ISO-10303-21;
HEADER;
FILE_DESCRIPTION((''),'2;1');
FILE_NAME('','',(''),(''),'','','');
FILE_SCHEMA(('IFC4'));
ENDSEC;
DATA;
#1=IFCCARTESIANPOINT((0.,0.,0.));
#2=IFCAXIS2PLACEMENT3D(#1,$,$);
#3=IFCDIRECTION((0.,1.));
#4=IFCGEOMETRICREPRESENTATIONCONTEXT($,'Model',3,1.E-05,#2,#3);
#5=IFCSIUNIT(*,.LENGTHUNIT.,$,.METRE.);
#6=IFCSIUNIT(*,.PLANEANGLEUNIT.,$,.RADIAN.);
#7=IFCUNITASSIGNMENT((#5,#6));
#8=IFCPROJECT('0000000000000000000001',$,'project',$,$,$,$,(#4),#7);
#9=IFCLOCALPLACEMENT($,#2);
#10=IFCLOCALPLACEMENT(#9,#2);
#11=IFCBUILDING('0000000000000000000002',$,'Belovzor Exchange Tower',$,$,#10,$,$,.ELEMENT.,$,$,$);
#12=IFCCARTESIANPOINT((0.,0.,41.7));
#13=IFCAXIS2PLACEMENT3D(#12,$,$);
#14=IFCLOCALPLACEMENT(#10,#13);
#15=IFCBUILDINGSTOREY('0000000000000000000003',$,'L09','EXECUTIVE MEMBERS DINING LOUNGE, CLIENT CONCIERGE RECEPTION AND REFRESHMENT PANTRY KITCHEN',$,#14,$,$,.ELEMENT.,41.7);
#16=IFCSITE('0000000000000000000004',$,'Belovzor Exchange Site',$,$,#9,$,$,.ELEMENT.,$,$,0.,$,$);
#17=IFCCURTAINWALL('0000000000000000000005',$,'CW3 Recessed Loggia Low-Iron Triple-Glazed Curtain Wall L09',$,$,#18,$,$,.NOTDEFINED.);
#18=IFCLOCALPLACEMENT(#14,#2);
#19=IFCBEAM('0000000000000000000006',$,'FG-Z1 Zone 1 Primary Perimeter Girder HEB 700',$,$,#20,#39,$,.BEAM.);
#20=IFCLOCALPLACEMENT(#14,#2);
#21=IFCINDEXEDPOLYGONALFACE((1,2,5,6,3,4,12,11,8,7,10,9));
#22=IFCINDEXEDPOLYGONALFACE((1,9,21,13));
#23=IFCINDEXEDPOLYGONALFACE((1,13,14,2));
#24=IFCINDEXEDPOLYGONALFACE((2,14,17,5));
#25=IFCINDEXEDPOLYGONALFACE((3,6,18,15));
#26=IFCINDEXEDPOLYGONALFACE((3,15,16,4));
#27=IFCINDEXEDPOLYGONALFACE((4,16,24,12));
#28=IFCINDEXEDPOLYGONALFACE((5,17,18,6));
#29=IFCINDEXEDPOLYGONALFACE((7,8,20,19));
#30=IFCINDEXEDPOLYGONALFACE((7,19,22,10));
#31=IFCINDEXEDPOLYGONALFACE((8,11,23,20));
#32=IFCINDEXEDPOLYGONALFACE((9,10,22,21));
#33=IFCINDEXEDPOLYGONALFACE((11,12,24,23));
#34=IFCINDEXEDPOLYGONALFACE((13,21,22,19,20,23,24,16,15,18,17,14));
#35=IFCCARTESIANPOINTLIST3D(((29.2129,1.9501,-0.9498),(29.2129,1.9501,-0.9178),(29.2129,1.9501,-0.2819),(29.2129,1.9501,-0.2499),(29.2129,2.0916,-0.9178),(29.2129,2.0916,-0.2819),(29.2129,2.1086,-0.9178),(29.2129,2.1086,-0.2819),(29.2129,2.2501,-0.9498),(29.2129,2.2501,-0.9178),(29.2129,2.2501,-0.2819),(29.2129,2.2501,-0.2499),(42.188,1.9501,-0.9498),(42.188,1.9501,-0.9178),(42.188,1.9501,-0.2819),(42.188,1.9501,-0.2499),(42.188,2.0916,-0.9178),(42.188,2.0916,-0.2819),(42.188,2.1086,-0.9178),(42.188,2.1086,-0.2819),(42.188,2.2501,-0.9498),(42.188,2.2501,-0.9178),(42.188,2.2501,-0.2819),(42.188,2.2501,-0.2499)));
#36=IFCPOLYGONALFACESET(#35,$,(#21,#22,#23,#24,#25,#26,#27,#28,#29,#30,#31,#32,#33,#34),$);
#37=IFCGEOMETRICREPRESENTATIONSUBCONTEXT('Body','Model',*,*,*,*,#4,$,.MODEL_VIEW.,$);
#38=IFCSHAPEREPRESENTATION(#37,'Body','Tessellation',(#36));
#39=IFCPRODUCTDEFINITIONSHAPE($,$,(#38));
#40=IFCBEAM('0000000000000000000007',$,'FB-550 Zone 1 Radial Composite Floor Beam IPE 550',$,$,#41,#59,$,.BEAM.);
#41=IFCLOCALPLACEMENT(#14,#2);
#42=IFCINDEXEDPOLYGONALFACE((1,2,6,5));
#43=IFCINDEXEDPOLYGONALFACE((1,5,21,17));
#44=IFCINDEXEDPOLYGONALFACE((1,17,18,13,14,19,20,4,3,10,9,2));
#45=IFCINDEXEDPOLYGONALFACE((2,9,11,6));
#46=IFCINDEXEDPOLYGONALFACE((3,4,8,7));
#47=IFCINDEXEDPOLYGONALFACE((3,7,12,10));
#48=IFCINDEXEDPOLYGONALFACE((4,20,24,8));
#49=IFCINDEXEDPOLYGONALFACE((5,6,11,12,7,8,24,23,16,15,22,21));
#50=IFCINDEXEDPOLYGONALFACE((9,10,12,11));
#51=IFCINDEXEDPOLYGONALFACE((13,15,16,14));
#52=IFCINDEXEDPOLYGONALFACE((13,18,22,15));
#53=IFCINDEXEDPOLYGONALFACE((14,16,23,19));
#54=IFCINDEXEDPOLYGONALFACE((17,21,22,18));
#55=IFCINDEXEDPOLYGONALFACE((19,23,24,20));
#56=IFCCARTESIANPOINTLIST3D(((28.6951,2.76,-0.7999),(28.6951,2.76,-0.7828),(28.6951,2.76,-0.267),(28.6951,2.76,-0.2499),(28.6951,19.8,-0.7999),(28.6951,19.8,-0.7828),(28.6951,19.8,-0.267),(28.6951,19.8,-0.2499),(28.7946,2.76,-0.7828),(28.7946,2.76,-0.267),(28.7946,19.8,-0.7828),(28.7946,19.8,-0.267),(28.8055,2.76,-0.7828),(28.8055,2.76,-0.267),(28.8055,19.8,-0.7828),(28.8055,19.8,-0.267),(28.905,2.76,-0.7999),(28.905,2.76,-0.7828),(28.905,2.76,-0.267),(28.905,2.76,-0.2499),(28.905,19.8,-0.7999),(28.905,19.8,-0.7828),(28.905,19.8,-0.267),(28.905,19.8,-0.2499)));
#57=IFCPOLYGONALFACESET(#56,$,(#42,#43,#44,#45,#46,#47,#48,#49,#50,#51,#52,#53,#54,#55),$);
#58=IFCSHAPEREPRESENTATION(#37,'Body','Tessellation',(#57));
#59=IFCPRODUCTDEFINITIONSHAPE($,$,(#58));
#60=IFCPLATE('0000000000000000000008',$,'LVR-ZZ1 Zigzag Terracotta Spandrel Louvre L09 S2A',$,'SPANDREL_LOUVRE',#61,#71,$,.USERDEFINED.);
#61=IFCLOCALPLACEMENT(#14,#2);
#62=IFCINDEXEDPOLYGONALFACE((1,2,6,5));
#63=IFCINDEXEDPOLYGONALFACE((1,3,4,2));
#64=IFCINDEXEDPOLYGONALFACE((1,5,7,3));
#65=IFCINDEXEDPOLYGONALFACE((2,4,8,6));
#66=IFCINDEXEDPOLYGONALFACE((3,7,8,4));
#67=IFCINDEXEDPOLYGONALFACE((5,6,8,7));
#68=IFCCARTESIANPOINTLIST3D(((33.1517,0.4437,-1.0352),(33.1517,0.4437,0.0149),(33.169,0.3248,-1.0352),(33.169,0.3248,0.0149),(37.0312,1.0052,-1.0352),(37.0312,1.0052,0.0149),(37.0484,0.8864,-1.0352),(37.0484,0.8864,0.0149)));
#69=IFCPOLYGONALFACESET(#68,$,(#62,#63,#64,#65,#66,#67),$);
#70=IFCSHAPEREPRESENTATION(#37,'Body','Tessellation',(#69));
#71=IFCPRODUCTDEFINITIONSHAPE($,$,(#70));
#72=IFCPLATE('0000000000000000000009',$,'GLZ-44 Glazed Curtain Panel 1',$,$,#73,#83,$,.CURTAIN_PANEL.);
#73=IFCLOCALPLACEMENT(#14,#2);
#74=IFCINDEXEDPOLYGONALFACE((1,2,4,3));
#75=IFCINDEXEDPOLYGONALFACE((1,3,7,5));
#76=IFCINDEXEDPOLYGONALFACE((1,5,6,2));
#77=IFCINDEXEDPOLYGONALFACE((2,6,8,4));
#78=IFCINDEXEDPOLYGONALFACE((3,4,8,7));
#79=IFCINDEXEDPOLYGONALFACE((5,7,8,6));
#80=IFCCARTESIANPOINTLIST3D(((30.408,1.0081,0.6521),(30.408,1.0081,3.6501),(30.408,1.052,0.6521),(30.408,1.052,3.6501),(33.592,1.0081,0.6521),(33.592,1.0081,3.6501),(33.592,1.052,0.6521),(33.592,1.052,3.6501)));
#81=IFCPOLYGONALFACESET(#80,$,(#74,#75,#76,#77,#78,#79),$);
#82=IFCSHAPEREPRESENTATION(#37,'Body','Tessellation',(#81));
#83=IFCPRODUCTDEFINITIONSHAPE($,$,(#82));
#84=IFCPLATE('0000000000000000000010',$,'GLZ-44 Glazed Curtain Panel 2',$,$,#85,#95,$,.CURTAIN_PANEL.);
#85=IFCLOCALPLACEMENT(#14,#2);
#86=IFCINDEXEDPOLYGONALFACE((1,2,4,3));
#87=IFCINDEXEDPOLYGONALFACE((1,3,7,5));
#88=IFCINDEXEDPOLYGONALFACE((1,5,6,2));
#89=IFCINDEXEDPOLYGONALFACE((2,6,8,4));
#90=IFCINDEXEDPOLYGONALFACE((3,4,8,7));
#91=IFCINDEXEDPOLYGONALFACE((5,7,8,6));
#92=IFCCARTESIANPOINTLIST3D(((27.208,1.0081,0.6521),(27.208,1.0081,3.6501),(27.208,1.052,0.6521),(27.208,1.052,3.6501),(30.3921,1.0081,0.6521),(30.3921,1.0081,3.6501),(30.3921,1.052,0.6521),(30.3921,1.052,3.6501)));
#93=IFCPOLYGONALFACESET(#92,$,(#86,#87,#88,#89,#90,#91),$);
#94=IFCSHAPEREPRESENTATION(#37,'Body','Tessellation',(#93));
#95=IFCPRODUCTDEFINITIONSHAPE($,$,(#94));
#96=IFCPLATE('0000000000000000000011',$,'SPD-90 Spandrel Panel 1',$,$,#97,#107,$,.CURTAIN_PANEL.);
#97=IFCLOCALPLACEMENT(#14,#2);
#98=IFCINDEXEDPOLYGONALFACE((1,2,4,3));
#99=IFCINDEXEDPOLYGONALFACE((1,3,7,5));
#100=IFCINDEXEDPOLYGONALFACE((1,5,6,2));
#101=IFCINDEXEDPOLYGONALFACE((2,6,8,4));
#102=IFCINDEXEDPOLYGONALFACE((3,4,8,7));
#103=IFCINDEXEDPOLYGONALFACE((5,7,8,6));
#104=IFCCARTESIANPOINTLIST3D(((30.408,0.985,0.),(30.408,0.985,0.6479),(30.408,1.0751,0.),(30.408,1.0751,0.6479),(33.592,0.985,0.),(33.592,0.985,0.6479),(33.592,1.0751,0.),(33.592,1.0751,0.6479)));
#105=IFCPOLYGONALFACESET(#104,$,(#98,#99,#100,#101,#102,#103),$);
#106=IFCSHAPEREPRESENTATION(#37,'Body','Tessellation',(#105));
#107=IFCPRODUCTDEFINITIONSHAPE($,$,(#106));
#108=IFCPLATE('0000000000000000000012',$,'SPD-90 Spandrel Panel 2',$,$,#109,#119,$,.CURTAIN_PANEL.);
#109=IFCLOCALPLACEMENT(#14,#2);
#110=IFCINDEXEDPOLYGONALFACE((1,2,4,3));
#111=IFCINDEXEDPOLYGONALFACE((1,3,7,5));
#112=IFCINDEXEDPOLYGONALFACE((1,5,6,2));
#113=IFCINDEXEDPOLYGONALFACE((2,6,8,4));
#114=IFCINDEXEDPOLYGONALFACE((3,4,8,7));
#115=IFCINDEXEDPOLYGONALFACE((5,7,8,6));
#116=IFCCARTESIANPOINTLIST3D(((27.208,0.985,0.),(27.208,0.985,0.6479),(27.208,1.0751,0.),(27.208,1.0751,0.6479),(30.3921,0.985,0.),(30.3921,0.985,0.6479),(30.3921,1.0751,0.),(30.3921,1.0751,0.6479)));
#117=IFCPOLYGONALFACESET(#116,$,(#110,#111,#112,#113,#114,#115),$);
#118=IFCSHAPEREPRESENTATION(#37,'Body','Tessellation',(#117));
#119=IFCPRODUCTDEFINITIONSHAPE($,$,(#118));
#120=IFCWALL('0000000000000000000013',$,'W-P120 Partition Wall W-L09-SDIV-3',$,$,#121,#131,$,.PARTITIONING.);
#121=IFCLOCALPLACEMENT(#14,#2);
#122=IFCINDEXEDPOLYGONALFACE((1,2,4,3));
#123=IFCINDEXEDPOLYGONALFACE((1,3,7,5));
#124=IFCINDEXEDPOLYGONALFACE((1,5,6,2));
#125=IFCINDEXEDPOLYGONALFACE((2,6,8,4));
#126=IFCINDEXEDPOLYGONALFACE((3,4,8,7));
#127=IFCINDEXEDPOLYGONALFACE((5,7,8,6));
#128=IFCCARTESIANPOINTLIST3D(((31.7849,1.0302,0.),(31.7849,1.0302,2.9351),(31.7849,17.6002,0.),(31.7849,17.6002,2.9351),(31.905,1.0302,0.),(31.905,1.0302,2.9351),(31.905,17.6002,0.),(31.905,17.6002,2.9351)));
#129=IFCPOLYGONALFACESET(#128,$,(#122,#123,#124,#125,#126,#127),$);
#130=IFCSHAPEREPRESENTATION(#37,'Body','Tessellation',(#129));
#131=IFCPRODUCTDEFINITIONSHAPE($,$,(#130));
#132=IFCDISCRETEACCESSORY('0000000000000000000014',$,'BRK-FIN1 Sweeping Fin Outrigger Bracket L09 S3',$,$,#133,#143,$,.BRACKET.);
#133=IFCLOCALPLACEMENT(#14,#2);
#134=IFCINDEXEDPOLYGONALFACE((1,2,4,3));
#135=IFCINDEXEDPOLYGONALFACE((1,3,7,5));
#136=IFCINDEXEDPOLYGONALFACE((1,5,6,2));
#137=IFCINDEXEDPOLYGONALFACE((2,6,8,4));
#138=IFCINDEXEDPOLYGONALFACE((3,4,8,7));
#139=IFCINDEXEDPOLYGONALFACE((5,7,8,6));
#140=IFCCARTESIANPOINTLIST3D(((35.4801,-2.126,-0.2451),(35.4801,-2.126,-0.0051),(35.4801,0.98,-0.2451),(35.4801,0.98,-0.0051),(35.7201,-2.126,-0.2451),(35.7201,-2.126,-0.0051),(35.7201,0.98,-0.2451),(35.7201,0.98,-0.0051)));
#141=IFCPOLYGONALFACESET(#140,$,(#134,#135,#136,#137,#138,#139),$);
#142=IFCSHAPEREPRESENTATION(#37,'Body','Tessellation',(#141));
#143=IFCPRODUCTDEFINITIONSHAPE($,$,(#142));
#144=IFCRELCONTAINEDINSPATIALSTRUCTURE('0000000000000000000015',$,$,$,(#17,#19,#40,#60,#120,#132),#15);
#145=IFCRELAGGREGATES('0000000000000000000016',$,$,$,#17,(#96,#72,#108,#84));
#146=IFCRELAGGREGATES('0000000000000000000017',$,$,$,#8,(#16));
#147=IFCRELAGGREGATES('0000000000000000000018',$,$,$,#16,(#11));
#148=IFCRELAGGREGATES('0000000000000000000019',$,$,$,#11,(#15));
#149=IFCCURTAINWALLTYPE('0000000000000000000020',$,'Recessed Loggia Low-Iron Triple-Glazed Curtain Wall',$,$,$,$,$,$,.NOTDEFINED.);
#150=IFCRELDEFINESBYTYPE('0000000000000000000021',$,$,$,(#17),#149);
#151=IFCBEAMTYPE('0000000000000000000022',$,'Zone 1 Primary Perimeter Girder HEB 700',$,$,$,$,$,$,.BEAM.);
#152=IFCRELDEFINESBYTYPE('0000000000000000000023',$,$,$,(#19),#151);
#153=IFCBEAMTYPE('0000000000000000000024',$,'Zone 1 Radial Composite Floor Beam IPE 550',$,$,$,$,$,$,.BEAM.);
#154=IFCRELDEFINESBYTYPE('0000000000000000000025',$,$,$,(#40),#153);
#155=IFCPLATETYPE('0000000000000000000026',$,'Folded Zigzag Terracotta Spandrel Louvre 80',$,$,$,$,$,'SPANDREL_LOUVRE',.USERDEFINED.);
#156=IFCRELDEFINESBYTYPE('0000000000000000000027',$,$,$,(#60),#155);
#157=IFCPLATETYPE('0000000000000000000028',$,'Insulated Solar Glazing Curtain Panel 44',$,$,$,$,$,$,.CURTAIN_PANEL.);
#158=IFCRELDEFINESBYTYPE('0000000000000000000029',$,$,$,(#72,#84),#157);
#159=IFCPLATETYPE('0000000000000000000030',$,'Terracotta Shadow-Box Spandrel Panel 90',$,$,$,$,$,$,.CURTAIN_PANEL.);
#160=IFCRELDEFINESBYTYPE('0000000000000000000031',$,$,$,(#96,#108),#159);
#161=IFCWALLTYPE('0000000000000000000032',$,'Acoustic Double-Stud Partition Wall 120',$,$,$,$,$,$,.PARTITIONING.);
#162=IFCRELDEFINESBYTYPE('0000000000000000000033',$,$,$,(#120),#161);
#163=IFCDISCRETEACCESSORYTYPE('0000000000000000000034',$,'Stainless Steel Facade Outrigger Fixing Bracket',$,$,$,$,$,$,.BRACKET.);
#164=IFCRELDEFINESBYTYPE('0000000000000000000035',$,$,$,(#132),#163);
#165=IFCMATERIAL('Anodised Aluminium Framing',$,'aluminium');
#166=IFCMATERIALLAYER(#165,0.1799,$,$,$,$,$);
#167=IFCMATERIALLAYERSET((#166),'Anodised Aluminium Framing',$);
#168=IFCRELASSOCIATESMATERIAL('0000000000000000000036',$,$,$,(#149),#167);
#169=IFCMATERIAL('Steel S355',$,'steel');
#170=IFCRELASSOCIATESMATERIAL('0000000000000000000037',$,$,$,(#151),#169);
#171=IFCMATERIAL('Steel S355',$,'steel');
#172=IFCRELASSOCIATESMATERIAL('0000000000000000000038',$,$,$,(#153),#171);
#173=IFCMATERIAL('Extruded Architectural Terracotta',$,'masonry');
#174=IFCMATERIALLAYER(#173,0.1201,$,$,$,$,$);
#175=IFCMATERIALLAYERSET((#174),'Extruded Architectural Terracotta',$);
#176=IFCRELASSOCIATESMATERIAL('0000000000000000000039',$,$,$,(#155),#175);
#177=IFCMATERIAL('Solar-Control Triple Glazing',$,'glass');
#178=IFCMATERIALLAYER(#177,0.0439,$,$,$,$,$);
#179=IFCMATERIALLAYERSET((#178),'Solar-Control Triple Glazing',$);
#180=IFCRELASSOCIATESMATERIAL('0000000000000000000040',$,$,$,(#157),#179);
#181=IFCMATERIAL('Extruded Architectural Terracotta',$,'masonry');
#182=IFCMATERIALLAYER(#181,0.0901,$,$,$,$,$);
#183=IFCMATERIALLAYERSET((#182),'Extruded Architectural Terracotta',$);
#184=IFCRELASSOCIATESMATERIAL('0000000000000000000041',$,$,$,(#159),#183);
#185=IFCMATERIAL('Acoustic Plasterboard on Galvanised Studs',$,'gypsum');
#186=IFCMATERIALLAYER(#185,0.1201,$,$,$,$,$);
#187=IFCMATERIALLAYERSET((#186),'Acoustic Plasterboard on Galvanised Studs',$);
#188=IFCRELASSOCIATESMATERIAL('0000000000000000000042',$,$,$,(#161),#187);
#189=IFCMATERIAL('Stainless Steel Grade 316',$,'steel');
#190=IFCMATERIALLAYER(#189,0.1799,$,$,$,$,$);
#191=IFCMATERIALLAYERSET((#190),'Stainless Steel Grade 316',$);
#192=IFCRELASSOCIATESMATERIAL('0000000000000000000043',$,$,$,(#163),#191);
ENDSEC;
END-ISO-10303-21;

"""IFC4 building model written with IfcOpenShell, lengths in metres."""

from ifc_helpers import new_model, si_unit, direction, frame, frame_2d, origin, origin_2d, place, context, subcontext, project, spatial, rectangle, i_section, extrude, material, layer, layer_set, material_profile, profile_set, type_object, element, aggregate, save


model = new_model("IFC4")

# Units and contexts
model_context = context("Model", 3, precision=1e-05, world=origin(), true_north=direction((0.0, 1.0)))
body_context = subcontext(model_context, "Body", "Model", "MODEL_VIEW")
ifc_project = project(units=[si_unit("LENGTHUNIT", "METRE"), si_unit("PLANEANGLEUNIT", "RADIAN")], contexts=[model_context])

# Site, building, storey
site_placement = place(None, origin())
site = spatial("IfcSite", under=ifc_project, at=site_placement, Name="Belovzor Exchange Site", CompositionType="ELEMENT", RefElevation=0.0)
building_placement = place(site_placement, origin())
building = spatial("IfcBuilding", under=site, at=building_placement, Name="Belovzor Exchange Tower", CompositionType="ELEMENT")
storey_placement = place(building_placement, frame((0.0, 0.0, 41.7)))
storey = spatial("IfcBuildingStorey", under=building, at=storey_placement, Name="L09", Description="EXECUTIVE MEMBERS DINING LOUNGE, CLIENT CONCIERGE RECEPTION AND REFRESHMENT PANTRY KITCHEN", CompositionType="ELEMENT", Elevation=41.7)

# Curtain wall
ifc_material_1 = material(Name="Anodised Aluminium Framing", Category="aluminium")
ifc_layer_1 = layer(ifc_material_1, 0.1799)
ifc_layer_set_1 = layer_set([ifc_layer_1], Name="Anodised Aluminium Framing")
curtain_wall_type = type_object("IfcCurtainWallType", Name="Recessed Loggia Low-Iron Triple-Glazed Curtain Wall", PredefinedType="NOTDEFINED", material=ifc_layer_set_1)
curtain_wall_placement = place(storey_placement, origin())
curtain_wall = element("IfcCurtainWall", 1, at=curtain_wall_placement, inside=storey, type_object=curtain_wall_type, Name="CW3 Recessed Loggia Low-Iron Triple-Glazed Curtain Wall L09", PredefinedType="NOTDEFINED")

# Beams
ifc_material_2 = material(Name="Steel S355", Category="steel")
ifc_material_profile_1 = material_profile(ifc_material_2, i_section(OverallWidth=0.3, OverallDepth=0.7, WebThickness=0.0171, FlangeThickness=0.032, at=origin_2d()))
ifc_profile_set_1 = profile_set([ifc_material_profile_1], Name="Steel S355")
beam_type_1 = type_object("IfcBeamType", Name="Zone 1 Primary Perimeter Girder HEB 700", PredefinedType="BEAM", material=ifc_profile_set_1)
beam_1_placement = place(storey_placement, frame((29.2129, 2.1001, -0.5999), z_axis=(1.0, 0.0, 0.0), x_axis=(0.0, 1.0, 0.0)))
element("IfcBeam", 2, at=beam_1_placement, inside=storey, type_object=beam_type_1, Name="FG-Z1 Zone 1 Primary Perimeter Girder HEB 700", PredefinedType="BEAM", context=body_context, shape_type="SweptSolid", body=[
    extrude(i_section(OverallWidth=0.3, OverallDepth=0.7, WebThickness=0.0171, FlangeThickness=0.032, at=origin_2d()), origin(), (0.0, 0.0, 1.0), 12.9751),
])
ifc_material_3 = material(Name="Steel S355", Category="steel")
ifc_material_profile_2 = material_profile(ifc_material_3, i_section(OverallWidth=0.21, OverallDepth=0.55, WebThickness=0.011, FlangeThickness=0.0171, at=origin_2d()))
ifc_profile_set_2 = profile_set([ifc_material_profile_2], Name="Steel S355")
beam_type_2 = type_object("IfcBeamType", Name="Zone 1 Radial Composite Floor Beam IPE 550", PredefinedType="BEAM", material=ifc_profile_set_2)
beam_2_placement = place(storey_placement, frame((28.8, 19.8, -0.5249), z_axis=(0.0, -1.0, 0.0), x_axis=(1.0, 0.0, 0.0)))
element("IfcBeam", 3, at=beam_2_placement, inside=storey, type_object=beam_type_2, Name="FB-550 Zone 1 Radial Composite Floor Beam IPE 550", PredefinedType="BEAM", context=body_context, shape_type="SweptSolid", body=[
    extrude(i_section(OverallWidth=0.21, OverallDepth=0.55, WebThickness=0.011, FlangeThickness=0.0171, at=origin_2d()), origin(), (0.0, 0.0, 1.0), 17.04),
])

# Plates
ifc_material_4 = material(Name="Extruded Architectural Terracotta", Category="masonry")
ifc_layer_2 = layer(ifc_material_4, 0.1201)
ifc_layer_set_2 = layer_set([ifc_layer_2], Name="Extruded Architectural Terracotta")
plate_type_1 = type_object("IfcPlateType", Name="Folded Zigzag Terracotta Spandrel Louvre 80", ElementType="SPANDREL_LOUVRE", PredefinedType="USERDEFINED", material=ifc_layer_set_2)
plate_1_placement = place(storey_placement, frame((35.1001, 0.665, -1.0352), z_axis=(0.0, 0.0, 1.0), x_axis=(0.989686, 0.143251, 0.0)))
element("IfcPlate", 4, at=plate_1_placement, inside=storey, type_object=plate_type_1, Name="LVR-ZZ1 Zigzag Terracotta Spandrel Louvre L09 S2A", ObjectType="SPANDREL_LOUVRE", PredefinedType="USERDEFINED", context=body_context, shape_type="SweptSolid", body=[
    extrude(rectangle(XDim=3.9199, YDim=0.1201, at=origin_2d()), origin(), (0.0, 0.0, 1.0), 1.05),
])
ifc_material_5 = material(Name="Solar-Control Triple Glazing", Category="glass")
ifc_layer_3 = layer(ifc_material_5, 0.0439)
ifc_layer_set_3 = layer_set([ifc_layer_3], Name="Solar-Control Triple Glazing")
plate_type_2 = type_object("IfcPlateType", Name="Insulated Solar Glazing Curtain Panel 44", PredefinedType="CURTAIN_PANEL", material=ifc_layer_set_3)
plate_2_placement = place(storey_placement, frame((32.0, 1.03, 0.6521), z_axis=(0.0, 0.0, 1.0), x_axis=(-1.0, 0.0, 0.0)))
plate_2 = element("IfcPlate", 5, at=plate_2_placement, type_object=plate_type_2, Name="GLZ-44 Glazed Curtain Panel 1", PredefinedType="CURTAIN_PANEL", context=body_context, shape_type="SweptSolid", body=[
    extrude(rectangle(XDim=3.1841, YDim=0.0439, at=origin_2d()), origin(), (0.0, 0.0, 1.0), 2.998),
])
plate_3_placement = place(storey_placement, frame((28.8, 1.03, 0.6521), z_axis=(0.0, 0.0, 1.0), x_axis=(-1.0, 0.0, 0.0)))
plate_3 = element("IfcPlate", 6, at=plate_3_placement, type_object=plate_type_2, Name="GLZ-44 Glazed Curtain Panel 2", PredefinedType="CURTAIN_PANEL", context=body_context, shape_type="SweptSolid", body=[
    extrude(rectangle(XDim=3.1841, YDim=0.0439, at=origin_2d()), origin(), (0.0, 0.0, 1.0), 2.998),
])
ifc_material_6 = material(Name="Extruded Architectural Terracotta", Category="masonry")
ifc_layer_4 = layer(ifc_material_6, 0.0901)
ifc_layer_set_4 = layer_set([ifc_layer_4], Name="Extruded Architectural Terracotta")
plate_type_3 = type_object("IfcPlateType", Name="Terracotta Shadow-Box Spandrel Panel 90", PredefinedType="CURTAIN_PANEL", material=ifc_layer_set_4)
plate_4_placement = place(storey_placement, frame((32.0, 1.03, 0.0), z_axis=(0.0, 0.0, 1.0), x_axis=(-1.0, 0.0, 0.0)))
plate_4 = element("IfcPlate", 7, at=plate_4_placement, type_object=plate_type_3, Name="SPD-90 Spandrel Panel 1", PredefinedType="CURTAIN_PANEL", context=body_context, shape_type="SweptSolid", body=[
    extrude(rectangle(XDim=3.1841, YDim=0.0901, at=origin_2d()), origin(), (0.0, 0.0, 1.0), 0.6479),
])
plate_5_placement = place(storey_placement, frame((28.8, 1.03, 0.0), z_axis=(0.0, 0.0, 1.0), x_axis=(-1.0, 0.0, 0.0)))
plate_5 = element("IfcPlate", 8, at=plate_5_placement, type_object=plate_type_3, Name="SPD-90 Spandrel Panel 2", PredefinedType="CURTAIN_PANEL", context=body_context, shape_type="SweptSolid", body=[
    extrude(rectangle(XDim=3.1841, YDim=0.0901, at=origin_2d()), origin(), (0.0, 0.0, 1.0), 0.6479),
])
aggregate(curtain_wall, [plate_4, plate_2, plate_5, plate_3])

# Wall
ifc_material_7 = material(Name="Acoustic Plasterboard on Galvanised Studs", Category="gypsum")
ifc_layer_5 = layer(ifc_material_7, 0.1201)
ifc_layer_set_5 = layer_set([ifc_layer_5], Name="Acoustic Plasterboard on Galvanised Studs")
wall_type = type_object("IfcWallType", Name="Acoustic Double-Stud Partition Wall 120", PredefinedType="PARTITIONING", material=ifc_layer_set_5)
wall_placement = place(storey_placement, frame((31.845, 1.03, 0.0), z_axis=(0.0, 0.0, 1.0), x_axis=(0.0, 1.0, 0.0)))
element("IfcWall", 9, at=wall_placement, inside=storey, type_object=wall_type, Name="W-P120 Partition Wall W-L09-SDIV-3", PredefinedType="PARTITIONING", context=body_context, shape_type="SweptSolid", body=[
    extrude(rectangle(XDim=16.5701, YDim=0.1201, at=frame_2d((8.2852, 0.0))), origin(), (0.0, 0.0, 1.0), 2.9351),
])

# Discrete accessory
ifc_material_8 = material(Name="Stainless Steel Grade 316", Category="steel")
ifc_layer_6 = layer(ifc_material_8, 0.1799)
ifc_layer_set_6 = layer_set([ifc_layer_6], Name="Stainless Steel Grade 316")
discrete_accessory_type = type_object("IfcDiscreteAccessoryType", Name="Stainless Steel Facade Outrigger Fixing Bracket", PredefinedType="BRACKET", material=ifc_layer_set_6)
discrete_accessory_placement = place(storey_placement, frame((35.6001, -0.573, -0.2451), z_axis=(0.0, 0.0, 1.0), x_axis=(0.0, 1.0, 0.0)))
element("IfcDiscreteAccessory", 10, at=discrete_accessory_placement, inside=storey, type_object=discrete_accessory_type, Name="BRK-FIN1 Sweeping Fin Outrigger Bracket L09 S3", PredefinedType="BRACKET", context=body_context, shape_type="SweptSolid", body=[
    extrude(rectangle(XDim=3.106, YDim=0.24, at=origin_2d()), origin(), (0.0, 0.0, 1.0), 0.24),
])

save(model, "model.ifc")
